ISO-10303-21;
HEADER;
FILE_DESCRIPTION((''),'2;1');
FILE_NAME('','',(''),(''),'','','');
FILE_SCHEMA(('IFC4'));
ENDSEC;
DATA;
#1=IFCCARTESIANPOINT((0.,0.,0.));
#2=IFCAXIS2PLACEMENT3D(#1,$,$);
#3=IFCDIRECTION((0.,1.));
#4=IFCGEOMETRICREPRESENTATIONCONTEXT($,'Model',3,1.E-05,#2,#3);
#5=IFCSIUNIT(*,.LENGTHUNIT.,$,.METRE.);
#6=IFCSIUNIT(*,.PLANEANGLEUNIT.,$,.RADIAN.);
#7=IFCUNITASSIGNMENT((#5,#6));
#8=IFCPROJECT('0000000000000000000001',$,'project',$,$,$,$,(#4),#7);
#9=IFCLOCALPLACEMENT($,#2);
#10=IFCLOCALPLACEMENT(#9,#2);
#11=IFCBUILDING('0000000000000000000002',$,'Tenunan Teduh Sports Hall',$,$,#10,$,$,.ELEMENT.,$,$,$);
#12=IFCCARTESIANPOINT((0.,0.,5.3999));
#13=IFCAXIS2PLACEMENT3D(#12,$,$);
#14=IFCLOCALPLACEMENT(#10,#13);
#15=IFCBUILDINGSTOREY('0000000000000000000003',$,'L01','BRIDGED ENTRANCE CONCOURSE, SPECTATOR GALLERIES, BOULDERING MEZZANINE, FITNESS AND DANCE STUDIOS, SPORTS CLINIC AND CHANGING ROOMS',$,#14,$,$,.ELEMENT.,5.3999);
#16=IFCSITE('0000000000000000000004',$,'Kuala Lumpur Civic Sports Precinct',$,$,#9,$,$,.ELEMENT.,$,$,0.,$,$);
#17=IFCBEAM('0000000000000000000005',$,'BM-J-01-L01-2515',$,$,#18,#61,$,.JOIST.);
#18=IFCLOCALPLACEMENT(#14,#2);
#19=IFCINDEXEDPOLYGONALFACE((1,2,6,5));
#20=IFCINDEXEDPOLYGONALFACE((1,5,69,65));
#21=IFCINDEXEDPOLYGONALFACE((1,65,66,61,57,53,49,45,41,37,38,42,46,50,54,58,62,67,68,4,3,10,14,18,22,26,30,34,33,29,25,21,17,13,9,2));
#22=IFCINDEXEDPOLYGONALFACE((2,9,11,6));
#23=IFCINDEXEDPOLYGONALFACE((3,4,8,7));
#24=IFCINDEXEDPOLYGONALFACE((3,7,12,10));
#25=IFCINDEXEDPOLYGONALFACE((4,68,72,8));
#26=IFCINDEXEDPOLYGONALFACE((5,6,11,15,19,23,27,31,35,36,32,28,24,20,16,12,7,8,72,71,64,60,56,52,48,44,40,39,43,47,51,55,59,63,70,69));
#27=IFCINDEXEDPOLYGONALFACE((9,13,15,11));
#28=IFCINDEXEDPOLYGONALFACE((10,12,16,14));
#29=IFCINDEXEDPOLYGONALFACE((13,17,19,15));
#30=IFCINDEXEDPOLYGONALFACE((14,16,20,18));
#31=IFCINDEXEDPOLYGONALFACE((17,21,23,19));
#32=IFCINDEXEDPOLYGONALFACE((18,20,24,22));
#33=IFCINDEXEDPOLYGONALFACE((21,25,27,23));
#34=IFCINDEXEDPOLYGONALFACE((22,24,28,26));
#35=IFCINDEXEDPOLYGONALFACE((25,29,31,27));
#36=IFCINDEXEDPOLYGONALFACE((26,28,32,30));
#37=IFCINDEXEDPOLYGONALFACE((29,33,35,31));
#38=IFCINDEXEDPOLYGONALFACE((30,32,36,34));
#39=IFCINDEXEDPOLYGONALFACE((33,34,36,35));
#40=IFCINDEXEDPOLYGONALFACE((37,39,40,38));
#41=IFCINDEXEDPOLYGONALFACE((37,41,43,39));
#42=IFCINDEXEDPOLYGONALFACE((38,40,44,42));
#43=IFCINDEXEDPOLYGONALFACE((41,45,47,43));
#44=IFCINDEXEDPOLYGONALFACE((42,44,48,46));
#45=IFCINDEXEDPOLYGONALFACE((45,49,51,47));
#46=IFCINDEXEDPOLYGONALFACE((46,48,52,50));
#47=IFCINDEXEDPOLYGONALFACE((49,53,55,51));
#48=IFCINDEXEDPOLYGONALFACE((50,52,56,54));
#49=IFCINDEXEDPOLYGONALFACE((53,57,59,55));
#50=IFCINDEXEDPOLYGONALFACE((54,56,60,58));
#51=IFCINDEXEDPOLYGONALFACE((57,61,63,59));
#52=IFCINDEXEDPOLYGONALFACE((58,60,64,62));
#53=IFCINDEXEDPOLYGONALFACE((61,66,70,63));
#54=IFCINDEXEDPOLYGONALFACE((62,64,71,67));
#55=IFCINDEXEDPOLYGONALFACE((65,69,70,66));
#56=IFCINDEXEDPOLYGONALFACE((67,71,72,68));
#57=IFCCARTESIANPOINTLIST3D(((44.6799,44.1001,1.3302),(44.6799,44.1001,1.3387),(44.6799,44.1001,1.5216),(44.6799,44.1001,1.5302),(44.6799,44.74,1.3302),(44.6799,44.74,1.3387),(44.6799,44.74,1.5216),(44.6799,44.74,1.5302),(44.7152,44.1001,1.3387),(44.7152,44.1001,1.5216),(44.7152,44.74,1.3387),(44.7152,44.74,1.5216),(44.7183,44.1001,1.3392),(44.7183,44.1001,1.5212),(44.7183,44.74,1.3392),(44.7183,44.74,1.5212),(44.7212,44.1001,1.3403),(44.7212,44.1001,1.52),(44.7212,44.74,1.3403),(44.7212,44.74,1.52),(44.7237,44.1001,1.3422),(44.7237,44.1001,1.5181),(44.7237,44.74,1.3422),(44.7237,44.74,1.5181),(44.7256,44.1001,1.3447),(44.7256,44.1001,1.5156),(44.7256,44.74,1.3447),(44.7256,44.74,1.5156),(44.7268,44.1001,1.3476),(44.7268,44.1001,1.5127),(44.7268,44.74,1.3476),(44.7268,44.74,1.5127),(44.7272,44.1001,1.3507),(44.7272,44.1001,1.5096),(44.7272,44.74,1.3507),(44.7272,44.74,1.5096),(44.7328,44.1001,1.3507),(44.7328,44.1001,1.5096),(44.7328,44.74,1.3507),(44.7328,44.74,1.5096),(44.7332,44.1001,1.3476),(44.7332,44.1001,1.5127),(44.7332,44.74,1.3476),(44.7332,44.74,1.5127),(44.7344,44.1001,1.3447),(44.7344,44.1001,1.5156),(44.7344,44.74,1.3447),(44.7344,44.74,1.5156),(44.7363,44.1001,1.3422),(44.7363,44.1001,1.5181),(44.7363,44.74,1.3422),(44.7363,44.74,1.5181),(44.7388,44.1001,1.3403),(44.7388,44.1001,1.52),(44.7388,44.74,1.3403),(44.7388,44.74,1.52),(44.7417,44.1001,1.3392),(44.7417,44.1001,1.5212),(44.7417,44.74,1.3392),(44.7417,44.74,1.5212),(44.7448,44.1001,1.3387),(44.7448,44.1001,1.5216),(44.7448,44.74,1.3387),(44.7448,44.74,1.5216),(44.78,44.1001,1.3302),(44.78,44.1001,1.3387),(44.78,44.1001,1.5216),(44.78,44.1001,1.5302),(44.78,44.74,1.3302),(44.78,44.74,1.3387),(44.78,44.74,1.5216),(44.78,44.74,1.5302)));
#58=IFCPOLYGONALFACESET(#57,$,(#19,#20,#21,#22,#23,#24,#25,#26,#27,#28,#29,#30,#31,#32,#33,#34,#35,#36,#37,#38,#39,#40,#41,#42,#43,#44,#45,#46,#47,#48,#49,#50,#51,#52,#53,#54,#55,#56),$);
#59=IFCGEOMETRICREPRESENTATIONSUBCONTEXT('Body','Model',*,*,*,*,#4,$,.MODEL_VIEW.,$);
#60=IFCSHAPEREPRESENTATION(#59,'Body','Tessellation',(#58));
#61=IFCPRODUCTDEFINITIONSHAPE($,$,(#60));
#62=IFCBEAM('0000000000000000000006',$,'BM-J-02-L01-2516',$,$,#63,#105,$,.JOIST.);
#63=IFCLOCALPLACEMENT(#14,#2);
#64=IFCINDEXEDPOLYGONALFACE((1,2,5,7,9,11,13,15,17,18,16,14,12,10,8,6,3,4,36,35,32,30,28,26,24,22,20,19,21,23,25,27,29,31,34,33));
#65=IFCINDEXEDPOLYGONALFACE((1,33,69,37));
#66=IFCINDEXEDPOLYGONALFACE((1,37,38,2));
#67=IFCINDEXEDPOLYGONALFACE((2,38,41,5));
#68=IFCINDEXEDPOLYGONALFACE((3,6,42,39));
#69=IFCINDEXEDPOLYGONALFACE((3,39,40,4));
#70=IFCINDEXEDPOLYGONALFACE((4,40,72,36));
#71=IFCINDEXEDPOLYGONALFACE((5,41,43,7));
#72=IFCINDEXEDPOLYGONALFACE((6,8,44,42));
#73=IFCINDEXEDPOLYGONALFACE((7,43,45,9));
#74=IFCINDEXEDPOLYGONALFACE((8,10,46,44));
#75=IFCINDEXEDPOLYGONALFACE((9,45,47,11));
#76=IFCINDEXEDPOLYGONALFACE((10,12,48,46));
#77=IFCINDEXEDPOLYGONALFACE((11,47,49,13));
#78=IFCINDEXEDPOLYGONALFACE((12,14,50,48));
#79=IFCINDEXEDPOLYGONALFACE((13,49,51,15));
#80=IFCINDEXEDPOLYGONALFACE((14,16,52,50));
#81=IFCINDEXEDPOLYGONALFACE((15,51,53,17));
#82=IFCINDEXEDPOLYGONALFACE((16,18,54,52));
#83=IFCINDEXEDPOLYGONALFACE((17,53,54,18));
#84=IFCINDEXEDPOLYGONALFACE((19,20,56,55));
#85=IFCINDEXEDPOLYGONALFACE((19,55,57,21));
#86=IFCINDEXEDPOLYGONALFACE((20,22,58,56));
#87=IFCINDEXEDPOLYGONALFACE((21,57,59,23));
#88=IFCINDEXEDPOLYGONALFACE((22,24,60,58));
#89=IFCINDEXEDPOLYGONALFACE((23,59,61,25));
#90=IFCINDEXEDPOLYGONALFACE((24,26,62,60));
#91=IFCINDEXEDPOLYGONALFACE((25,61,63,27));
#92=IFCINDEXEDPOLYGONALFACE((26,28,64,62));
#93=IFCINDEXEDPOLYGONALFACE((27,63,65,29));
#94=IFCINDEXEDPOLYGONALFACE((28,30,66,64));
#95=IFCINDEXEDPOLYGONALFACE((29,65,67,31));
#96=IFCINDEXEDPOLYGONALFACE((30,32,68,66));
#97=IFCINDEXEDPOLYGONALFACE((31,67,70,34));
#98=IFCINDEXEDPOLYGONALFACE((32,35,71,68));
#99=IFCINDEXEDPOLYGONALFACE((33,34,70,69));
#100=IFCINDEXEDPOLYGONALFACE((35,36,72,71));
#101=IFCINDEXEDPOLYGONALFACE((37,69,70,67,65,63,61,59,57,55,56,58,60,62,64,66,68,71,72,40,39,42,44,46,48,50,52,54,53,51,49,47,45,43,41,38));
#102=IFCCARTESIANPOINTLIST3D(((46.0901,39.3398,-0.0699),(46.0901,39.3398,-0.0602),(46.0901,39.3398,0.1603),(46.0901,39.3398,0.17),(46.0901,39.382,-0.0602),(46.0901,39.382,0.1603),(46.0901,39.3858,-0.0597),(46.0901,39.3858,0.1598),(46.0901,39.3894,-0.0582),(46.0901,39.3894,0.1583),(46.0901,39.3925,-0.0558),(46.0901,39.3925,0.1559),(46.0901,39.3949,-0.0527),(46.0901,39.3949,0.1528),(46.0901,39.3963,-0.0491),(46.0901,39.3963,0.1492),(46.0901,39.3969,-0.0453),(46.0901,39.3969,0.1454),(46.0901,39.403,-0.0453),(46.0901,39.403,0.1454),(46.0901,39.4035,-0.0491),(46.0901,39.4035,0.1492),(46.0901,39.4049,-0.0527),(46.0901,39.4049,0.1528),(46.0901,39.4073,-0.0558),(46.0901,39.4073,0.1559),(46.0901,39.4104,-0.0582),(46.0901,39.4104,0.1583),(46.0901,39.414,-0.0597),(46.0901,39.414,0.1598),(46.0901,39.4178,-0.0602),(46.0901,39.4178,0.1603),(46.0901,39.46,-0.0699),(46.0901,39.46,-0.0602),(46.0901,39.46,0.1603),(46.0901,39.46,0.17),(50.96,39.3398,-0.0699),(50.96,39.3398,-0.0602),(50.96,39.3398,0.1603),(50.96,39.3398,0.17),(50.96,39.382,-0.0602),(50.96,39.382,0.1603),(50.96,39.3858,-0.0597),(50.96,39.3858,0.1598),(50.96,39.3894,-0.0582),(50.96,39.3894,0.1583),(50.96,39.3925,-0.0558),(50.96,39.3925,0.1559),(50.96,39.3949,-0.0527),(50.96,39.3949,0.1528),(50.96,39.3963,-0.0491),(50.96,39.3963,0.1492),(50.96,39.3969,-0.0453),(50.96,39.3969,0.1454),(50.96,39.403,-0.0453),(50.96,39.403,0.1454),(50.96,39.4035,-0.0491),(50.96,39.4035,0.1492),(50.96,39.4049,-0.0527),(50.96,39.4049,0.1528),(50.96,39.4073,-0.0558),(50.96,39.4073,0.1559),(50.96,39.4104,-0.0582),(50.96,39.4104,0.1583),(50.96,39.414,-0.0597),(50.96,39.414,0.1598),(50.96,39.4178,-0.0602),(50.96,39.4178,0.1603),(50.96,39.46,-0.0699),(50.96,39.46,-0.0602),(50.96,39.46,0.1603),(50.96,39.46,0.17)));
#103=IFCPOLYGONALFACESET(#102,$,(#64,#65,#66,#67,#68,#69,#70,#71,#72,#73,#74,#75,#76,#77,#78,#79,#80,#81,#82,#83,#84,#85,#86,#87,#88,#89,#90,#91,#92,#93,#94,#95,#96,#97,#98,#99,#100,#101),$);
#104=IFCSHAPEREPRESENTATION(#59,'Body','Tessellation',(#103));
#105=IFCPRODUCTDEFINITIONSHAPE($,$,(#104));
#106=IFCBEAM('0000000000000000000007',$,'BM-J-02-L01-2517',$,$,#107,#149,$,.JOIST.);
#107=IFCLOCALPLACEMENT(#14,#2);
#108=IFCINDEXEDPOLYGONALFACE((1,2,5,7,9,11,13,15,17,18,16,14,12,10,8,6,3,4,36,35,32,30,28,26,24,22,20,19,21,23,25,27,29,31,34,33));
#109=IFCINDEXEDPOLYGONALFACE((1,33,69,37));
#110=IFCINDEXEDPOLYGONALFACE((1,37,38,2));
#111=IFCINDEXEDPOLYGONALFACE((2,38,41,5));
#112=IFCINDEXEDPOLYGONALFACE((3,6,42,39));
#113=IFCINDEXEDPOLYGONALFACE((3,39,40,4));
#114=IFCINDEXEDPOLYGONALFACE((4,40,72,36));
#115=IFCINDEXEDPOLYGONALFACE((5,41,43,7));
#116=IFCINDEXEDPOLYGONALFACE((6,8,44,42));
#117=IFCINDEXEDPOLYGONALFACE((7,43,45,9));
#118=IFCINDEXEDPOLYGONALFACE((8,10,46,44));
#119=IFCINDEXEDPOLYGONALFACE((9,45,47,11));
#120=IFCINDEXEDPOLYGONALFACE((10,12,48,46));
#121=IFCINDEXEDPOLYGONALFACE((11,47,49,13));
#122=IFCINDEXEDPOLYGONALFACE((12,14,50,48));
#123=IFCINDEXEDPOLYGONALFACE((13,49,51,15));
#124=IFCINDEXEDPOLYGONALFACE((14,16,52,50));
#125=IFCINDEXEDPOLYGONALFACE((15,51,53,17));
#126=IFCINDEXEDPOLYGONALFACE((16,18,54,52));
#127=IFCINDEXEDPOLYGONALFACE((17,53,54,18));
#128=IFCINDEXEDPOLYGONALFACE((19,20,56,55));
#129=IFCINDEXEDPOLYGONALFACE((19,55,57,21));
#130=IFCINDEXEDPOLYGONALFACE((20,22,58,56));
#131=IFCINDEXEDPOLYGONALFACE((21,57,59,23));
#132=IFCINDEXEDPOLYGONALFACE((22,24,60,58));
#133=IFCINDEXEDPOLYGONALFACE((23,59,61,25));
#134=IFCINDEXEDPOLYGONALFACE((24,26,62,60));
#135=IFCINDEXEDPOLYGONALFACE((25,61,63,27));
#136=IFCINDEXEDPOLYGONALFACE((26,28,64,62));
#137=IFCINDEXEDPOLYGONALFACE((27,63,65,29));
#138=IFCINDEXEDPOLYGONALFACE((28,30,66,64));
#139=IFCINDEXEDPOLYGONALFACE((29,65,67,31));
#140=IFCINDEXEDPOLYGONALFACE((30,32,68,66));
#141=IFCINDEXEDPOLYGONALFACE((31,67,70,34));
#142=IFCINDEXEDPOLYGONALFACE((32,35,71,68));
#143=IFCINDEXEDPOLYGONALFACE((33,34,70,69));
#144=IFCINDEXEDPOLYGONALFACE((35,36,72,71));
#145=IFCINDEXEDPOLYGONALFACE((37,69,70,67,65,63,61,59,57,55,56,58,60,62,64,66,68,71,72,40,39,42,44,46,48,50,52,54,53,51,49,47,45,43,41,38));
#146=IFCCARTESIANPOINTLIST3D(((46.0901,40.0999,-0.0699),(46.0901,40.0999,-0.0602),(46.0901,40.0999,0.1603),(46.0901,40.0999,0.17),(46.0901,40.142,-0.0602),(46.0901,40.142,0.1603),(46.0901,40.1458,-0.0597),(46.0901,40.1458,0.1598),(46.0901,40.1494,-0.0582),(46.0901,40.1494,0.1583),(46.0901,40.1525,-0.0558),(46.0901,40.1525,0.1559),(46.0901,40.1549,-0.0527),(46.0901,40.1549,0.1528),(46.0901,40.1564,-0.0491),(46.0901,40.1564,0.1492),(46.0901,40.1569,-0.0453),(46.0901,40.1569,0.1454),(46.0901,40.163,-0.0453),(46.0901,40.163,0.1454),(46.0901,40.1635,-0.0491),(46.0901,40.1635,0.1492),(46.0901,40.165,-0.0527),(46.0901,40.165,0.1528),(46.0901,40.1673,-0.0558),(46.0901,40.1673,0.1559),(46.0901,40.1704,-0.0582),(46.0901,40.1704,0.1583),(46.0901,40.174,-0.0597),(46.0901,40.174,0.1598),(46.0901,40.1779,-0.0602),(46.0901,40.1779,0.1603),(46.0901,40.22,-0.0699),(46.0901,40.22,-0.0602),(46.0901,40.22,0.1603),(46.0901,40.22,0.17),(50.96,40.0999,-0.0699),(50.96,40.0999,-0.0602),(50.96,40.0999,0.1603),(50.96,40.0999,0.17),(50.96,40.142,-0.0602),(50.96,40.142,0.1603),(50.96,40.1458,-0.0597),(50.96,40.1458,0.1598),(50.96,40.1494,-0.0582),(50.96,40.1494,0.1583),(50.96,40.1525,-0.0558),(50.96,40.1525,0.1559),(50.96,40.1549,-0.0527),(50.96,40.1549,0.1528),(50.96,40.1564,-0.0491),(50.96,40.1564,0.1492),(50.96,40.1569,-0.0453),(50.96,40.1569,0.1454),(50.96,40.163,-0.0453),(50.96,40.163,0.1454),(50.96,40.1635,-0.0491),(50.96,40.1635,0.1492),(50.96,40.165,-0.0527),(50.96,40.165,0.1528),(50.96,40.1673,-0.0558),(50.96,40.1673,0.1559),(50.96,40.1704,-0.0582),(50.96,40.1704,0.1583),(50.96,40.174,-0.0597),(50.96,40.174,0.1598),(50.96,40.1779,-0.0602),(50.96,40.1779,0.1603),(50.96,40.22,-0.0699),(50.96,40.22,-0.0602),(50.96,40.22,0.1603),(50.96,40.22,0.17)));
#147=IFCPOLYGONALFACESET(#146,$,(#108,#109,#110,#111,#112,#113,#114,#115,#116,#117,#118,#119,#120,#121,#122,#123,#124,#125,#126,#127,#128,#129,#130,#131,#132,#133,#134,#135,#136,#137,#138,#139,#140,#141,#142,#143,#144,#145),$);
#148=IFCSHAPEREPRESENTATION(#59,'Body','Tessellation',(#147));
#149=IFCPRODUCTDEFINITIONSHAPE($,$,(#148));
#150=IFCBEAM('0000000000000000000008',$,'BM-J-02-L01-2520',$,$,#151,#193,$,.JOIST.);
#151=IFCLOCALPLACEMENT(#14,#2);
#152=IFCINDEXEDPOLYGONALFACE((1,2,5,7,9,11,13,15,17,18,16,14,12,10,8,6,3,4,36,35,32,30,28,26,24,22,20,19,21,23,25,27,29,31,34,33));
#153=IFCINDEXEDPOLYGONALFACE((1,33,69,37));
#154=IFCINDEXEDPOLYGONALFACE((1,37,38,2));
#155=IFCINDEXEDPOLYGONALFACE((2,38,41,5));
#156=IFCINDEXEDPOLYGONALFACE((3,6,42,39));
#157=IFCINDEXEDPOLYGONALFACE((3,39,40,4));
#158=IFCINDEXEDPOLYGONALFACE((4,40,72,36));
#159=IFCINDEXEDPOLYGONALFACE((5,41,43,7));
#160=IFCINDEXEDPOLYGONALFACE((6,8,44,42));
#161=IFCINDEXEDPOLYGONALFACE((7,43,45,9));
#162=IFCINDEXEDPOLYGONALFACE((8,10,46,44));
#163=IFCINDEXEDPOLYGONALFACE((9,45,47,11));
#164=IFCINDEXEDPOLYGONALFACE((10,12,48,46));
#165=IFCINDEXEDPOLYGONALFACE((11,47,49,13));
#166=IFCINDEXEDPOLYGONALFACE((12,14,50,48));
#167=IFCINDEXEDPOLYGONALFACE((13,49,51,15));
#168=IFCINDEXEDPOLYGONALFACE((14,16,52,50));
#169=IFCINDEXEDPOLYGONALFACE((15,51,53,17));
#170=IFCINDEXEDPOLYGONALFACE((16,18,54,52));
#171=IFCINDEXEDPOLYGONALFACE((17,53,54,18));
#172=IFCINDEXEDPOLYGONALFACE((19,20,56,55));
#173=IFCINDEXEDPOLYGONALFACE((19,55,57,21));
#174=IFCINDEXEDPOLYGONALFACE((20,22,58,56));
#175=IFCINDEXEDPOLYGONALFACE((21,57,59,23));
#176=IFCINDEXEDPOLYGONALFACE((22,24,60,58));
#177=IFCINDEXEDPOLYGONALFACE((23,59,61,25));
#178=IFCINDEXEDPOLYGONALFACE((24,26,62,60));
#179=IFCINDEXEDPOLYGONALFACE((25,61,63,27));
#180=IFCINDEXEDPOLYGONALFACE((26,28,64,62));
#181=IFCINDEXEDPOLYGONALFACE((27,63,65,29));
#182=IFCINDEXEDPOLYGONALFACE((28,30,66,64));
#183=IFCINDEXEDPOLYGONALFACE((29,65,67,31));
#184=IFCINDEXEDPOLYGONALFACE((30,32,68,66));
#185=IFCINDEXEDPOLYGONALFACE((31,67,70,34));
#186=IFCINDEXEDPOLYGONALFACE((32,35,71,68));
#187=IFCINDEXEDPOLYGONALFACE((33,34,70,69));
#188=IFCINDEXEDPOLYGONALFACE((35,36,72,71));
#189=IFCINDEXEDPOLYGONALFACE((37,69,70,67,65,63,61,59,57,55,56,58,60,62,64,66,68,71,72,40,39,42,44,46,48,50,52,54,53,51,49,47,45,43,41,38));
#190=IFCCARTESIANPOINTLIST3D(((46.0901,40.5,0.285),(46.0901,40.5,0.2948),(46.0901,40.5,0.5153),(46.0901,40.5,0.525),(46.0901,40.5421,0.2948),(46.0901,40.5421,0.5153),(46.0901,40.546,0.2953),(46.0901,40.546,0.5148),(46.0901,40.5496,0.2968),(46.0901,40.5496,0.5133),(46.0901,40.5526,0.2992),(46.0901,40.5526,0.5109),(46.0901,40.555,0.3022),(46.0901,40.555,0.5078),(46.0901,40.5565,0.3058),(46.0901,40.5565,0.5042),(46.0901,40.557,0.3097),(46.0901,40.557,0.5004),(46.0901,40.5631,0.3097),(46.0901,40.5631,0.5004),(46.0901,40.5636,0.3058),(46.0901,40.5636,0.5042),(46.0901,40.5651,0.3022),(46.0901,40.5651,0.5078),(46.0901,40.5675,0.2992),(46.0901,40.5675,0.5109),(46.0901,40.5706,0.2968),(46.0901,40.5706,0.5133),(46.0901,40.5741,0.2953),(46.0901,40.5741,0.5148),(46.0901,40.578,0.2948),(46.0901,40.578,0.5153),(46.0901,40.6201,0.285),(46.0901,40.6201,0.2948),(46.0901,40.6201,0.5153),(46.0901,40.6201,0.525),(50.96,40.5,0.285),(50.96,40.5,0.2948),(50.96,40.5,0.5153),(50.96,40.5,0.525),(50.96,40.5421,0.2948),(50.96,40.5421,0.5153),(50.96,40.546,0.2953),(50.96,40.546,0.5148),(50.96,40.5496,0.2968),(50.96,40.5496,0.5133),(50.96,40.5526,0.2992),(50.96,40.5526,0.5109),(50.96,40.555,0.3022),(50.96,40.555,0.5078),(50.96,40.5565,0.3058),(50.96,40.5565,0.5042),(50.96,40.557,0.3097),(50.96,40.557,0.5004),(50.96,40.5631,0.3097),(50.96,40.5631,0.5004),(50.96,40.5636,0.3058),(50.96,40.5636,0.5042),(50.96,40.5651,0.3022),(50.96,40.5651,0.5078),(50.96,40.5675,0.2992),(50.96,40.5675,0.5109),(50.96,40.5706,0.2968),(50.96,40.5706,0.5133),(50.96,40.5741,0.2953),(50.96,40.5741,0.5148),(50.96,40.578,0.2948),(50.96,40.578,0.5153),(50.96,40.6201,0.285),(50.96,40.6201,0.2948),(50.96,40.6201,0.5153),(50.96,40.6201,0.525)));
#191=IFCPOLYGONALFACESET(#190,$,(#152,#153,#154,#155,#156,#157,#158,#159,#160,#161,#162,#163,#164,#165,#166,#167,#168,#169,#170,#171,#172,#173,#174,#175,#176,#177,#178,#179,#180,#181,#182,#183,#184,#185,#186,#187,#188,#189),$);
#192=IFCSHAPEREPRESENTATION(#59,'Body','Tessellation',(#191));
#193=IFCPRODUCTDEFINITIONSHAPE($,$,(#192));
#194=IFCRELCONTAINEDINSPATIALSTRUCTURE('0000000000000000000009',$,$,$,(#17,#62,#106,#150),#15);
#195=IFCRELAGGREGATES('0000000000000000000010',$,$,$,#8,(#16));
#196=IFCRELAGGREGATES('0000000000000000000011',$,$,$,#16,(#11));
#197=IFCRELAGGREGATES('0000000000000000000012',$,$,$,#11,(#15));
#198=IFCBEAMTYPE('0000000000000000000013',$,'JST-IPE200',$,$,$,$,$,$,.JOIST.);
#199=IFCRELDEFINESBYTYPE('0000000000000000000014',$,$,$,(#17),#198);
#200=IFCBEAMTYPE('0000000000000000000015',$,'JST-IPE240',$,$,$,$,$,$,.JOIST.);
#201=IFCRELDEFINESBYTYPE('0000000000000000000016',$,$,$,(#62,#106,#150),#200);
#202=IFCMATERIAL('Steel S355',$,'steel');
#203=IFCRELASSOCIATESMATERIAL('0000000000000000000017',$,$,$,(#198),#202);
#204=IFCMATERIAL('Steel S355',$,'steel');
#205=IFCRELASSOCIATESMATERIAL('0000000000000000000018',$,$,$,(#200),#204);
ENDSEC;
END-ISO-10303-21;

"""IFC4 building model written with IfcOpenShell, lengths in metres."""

from ifc_helpers import new_model, si_unit, direction, frame, origin, origin_2d, place, context, subcontext, project, spatial, i_section, extrude, material, material_profile, profile_set, type_object, element, save


model = new_model("IFC4")

# Units and contexts
model_context = context("Model", 3, precision=1e-05, world=origin(), true_north=direction((0.0, 1.0)))
body_context = subcontext(model_context, "Body", "Model", "MODEL_VIEW")
ifc_project = project(units=[si_unit("LENGTHUNIT", "METRE"), si_unit("PLANEANGLEUNIT", "RADIAN")], contexts=[model_context])

# Site, building, storey
site_placement = place(None, origin())
site = spatial("IfcSite", under=ifc_project, at=site_placement, Name="Kuala Lumpur Civic Sports Precinct", CompositionType="ELEMENT", RefElevation=0.0)
building_placement = place(site_placement, origin())
building = spatial("IfcBuilding", under=site, at=building_placement, Name="Tenunan Teduh Sports Hall", CompositionType="ELEMENT")
storey_placement = place(building_placement, frame((0.0, 0.0, 5.3999)))
storey = spatial("IfcBuildingStorey", under=building, at=storey_placement, Name="L01", Description="BRIDGED ENTRANCE CONCOURSE, SPECTATOR GALLERIES, BOULDERING MEZZANINE, FITNESS AND DANCE STUDIOS, SPORTS CLINIC AND CHANGING ROOMS", CompositionType="ELEMENT", Elevation=5.3999)

# Beams
ifc_material_1 = material(Name="Steel S355", Category="steel")
ifc_material_profile_1 = material_profile(ifc_material_1, i_section(OverallWidth=0.1001, OverallDepth=0.2, WebThickness=0.0056, FlangeThickness=0.0085, FilletRadius=0.012, at=origin_2d()), Name="IPE 200")
ifc_profile_set_1 = profile_set([ifc_material_profile_1], Name="Steel S355")
beam_type_1 = type_object("IfcBeamType", Name="JST-IPE200", PredefinedType="JOIST", material=ifc_profile_set_1)
beam_1_placement = place(storey_placement, frame((44.73, 44.1001, 1.4302), z_axis=(0.0, 1.0, 0.0), x_axis=(-1.0, 0.0, 0.0)))
element("IfcBeam", 1, at=beam_1_placement, inside=storey, type_object=beam_type_1, Name="BM-J-01-L01-2515", PredefinedType="JOIST", context=body_context, shape_type="SweptSolid", body=[
    extrude(i_section(OverallWidth=0.1001, OverallDepth=0.2, WebThickness=0.0056, FlangeThickness=0.0085, FilletRadius=0.012, at=origin_2d()), origin(), (0.0, 0.0, 1.0), 0.6399),
])
ifc_material_2 = material(Name="Steel S355", Category="steel")
ifc_material_profile_2 = material_profile(ifc_material_2, i_section(OverallWidth=0.1201, OverallDepth=0.24, WebThickness=0.0061, FlangeThickness=0.0098, FilletRadius=0.0149, at=origin_2d()), Name="IPE 240")
ifc_profile_set_2 = profile_set([ifc_material_profile_2], Name="Steel S355")
beam_type_2 = type_object("IfcBeamType", Name="JST-IPE240", PredefinedType="JOIST", material=ifc_profile_set_2)
for number, where, z_axis, x_axis, name in (
    (2, (46.0901, 39.3999, 0.05), (1.0, 0.0, 0.0), (0.0, 1.0, 0.0), "BM-J-02-L01-2516"),
    (3, (46.0901, 40.1599, 0.05), (1.0, 0.0, 0.0), (0.0, 1.0, 0.0), "BM-J-02-L01-2517"),
    (4, (46.0901, 40.5601, 0.405), (1.0, 0.0, 0.0), (0.0, 1.0, 0.0), "BM-J-02-L01-2520"),
):
    element("IfcBeam", number, at=place(storey_placement, frame(where, z_axis=z_axis, x_axis=x_axis)), inside=storey, type_object=beam_type_2, Name=name, PredefinedType="JOIST", context=body_context, shape_type="SweptSolid", body=[
        extrude(i_section(OverallWidth=0.1201, OverallDepth=0.24, WebThickness=0.0061, FlangeThickness=0.0098, FilletRadius=0.0149, at=origin_2d()), origin(), (0.0, 0.0, 1.0), 4.8699),
    ])

save(model, "model.ifc")
